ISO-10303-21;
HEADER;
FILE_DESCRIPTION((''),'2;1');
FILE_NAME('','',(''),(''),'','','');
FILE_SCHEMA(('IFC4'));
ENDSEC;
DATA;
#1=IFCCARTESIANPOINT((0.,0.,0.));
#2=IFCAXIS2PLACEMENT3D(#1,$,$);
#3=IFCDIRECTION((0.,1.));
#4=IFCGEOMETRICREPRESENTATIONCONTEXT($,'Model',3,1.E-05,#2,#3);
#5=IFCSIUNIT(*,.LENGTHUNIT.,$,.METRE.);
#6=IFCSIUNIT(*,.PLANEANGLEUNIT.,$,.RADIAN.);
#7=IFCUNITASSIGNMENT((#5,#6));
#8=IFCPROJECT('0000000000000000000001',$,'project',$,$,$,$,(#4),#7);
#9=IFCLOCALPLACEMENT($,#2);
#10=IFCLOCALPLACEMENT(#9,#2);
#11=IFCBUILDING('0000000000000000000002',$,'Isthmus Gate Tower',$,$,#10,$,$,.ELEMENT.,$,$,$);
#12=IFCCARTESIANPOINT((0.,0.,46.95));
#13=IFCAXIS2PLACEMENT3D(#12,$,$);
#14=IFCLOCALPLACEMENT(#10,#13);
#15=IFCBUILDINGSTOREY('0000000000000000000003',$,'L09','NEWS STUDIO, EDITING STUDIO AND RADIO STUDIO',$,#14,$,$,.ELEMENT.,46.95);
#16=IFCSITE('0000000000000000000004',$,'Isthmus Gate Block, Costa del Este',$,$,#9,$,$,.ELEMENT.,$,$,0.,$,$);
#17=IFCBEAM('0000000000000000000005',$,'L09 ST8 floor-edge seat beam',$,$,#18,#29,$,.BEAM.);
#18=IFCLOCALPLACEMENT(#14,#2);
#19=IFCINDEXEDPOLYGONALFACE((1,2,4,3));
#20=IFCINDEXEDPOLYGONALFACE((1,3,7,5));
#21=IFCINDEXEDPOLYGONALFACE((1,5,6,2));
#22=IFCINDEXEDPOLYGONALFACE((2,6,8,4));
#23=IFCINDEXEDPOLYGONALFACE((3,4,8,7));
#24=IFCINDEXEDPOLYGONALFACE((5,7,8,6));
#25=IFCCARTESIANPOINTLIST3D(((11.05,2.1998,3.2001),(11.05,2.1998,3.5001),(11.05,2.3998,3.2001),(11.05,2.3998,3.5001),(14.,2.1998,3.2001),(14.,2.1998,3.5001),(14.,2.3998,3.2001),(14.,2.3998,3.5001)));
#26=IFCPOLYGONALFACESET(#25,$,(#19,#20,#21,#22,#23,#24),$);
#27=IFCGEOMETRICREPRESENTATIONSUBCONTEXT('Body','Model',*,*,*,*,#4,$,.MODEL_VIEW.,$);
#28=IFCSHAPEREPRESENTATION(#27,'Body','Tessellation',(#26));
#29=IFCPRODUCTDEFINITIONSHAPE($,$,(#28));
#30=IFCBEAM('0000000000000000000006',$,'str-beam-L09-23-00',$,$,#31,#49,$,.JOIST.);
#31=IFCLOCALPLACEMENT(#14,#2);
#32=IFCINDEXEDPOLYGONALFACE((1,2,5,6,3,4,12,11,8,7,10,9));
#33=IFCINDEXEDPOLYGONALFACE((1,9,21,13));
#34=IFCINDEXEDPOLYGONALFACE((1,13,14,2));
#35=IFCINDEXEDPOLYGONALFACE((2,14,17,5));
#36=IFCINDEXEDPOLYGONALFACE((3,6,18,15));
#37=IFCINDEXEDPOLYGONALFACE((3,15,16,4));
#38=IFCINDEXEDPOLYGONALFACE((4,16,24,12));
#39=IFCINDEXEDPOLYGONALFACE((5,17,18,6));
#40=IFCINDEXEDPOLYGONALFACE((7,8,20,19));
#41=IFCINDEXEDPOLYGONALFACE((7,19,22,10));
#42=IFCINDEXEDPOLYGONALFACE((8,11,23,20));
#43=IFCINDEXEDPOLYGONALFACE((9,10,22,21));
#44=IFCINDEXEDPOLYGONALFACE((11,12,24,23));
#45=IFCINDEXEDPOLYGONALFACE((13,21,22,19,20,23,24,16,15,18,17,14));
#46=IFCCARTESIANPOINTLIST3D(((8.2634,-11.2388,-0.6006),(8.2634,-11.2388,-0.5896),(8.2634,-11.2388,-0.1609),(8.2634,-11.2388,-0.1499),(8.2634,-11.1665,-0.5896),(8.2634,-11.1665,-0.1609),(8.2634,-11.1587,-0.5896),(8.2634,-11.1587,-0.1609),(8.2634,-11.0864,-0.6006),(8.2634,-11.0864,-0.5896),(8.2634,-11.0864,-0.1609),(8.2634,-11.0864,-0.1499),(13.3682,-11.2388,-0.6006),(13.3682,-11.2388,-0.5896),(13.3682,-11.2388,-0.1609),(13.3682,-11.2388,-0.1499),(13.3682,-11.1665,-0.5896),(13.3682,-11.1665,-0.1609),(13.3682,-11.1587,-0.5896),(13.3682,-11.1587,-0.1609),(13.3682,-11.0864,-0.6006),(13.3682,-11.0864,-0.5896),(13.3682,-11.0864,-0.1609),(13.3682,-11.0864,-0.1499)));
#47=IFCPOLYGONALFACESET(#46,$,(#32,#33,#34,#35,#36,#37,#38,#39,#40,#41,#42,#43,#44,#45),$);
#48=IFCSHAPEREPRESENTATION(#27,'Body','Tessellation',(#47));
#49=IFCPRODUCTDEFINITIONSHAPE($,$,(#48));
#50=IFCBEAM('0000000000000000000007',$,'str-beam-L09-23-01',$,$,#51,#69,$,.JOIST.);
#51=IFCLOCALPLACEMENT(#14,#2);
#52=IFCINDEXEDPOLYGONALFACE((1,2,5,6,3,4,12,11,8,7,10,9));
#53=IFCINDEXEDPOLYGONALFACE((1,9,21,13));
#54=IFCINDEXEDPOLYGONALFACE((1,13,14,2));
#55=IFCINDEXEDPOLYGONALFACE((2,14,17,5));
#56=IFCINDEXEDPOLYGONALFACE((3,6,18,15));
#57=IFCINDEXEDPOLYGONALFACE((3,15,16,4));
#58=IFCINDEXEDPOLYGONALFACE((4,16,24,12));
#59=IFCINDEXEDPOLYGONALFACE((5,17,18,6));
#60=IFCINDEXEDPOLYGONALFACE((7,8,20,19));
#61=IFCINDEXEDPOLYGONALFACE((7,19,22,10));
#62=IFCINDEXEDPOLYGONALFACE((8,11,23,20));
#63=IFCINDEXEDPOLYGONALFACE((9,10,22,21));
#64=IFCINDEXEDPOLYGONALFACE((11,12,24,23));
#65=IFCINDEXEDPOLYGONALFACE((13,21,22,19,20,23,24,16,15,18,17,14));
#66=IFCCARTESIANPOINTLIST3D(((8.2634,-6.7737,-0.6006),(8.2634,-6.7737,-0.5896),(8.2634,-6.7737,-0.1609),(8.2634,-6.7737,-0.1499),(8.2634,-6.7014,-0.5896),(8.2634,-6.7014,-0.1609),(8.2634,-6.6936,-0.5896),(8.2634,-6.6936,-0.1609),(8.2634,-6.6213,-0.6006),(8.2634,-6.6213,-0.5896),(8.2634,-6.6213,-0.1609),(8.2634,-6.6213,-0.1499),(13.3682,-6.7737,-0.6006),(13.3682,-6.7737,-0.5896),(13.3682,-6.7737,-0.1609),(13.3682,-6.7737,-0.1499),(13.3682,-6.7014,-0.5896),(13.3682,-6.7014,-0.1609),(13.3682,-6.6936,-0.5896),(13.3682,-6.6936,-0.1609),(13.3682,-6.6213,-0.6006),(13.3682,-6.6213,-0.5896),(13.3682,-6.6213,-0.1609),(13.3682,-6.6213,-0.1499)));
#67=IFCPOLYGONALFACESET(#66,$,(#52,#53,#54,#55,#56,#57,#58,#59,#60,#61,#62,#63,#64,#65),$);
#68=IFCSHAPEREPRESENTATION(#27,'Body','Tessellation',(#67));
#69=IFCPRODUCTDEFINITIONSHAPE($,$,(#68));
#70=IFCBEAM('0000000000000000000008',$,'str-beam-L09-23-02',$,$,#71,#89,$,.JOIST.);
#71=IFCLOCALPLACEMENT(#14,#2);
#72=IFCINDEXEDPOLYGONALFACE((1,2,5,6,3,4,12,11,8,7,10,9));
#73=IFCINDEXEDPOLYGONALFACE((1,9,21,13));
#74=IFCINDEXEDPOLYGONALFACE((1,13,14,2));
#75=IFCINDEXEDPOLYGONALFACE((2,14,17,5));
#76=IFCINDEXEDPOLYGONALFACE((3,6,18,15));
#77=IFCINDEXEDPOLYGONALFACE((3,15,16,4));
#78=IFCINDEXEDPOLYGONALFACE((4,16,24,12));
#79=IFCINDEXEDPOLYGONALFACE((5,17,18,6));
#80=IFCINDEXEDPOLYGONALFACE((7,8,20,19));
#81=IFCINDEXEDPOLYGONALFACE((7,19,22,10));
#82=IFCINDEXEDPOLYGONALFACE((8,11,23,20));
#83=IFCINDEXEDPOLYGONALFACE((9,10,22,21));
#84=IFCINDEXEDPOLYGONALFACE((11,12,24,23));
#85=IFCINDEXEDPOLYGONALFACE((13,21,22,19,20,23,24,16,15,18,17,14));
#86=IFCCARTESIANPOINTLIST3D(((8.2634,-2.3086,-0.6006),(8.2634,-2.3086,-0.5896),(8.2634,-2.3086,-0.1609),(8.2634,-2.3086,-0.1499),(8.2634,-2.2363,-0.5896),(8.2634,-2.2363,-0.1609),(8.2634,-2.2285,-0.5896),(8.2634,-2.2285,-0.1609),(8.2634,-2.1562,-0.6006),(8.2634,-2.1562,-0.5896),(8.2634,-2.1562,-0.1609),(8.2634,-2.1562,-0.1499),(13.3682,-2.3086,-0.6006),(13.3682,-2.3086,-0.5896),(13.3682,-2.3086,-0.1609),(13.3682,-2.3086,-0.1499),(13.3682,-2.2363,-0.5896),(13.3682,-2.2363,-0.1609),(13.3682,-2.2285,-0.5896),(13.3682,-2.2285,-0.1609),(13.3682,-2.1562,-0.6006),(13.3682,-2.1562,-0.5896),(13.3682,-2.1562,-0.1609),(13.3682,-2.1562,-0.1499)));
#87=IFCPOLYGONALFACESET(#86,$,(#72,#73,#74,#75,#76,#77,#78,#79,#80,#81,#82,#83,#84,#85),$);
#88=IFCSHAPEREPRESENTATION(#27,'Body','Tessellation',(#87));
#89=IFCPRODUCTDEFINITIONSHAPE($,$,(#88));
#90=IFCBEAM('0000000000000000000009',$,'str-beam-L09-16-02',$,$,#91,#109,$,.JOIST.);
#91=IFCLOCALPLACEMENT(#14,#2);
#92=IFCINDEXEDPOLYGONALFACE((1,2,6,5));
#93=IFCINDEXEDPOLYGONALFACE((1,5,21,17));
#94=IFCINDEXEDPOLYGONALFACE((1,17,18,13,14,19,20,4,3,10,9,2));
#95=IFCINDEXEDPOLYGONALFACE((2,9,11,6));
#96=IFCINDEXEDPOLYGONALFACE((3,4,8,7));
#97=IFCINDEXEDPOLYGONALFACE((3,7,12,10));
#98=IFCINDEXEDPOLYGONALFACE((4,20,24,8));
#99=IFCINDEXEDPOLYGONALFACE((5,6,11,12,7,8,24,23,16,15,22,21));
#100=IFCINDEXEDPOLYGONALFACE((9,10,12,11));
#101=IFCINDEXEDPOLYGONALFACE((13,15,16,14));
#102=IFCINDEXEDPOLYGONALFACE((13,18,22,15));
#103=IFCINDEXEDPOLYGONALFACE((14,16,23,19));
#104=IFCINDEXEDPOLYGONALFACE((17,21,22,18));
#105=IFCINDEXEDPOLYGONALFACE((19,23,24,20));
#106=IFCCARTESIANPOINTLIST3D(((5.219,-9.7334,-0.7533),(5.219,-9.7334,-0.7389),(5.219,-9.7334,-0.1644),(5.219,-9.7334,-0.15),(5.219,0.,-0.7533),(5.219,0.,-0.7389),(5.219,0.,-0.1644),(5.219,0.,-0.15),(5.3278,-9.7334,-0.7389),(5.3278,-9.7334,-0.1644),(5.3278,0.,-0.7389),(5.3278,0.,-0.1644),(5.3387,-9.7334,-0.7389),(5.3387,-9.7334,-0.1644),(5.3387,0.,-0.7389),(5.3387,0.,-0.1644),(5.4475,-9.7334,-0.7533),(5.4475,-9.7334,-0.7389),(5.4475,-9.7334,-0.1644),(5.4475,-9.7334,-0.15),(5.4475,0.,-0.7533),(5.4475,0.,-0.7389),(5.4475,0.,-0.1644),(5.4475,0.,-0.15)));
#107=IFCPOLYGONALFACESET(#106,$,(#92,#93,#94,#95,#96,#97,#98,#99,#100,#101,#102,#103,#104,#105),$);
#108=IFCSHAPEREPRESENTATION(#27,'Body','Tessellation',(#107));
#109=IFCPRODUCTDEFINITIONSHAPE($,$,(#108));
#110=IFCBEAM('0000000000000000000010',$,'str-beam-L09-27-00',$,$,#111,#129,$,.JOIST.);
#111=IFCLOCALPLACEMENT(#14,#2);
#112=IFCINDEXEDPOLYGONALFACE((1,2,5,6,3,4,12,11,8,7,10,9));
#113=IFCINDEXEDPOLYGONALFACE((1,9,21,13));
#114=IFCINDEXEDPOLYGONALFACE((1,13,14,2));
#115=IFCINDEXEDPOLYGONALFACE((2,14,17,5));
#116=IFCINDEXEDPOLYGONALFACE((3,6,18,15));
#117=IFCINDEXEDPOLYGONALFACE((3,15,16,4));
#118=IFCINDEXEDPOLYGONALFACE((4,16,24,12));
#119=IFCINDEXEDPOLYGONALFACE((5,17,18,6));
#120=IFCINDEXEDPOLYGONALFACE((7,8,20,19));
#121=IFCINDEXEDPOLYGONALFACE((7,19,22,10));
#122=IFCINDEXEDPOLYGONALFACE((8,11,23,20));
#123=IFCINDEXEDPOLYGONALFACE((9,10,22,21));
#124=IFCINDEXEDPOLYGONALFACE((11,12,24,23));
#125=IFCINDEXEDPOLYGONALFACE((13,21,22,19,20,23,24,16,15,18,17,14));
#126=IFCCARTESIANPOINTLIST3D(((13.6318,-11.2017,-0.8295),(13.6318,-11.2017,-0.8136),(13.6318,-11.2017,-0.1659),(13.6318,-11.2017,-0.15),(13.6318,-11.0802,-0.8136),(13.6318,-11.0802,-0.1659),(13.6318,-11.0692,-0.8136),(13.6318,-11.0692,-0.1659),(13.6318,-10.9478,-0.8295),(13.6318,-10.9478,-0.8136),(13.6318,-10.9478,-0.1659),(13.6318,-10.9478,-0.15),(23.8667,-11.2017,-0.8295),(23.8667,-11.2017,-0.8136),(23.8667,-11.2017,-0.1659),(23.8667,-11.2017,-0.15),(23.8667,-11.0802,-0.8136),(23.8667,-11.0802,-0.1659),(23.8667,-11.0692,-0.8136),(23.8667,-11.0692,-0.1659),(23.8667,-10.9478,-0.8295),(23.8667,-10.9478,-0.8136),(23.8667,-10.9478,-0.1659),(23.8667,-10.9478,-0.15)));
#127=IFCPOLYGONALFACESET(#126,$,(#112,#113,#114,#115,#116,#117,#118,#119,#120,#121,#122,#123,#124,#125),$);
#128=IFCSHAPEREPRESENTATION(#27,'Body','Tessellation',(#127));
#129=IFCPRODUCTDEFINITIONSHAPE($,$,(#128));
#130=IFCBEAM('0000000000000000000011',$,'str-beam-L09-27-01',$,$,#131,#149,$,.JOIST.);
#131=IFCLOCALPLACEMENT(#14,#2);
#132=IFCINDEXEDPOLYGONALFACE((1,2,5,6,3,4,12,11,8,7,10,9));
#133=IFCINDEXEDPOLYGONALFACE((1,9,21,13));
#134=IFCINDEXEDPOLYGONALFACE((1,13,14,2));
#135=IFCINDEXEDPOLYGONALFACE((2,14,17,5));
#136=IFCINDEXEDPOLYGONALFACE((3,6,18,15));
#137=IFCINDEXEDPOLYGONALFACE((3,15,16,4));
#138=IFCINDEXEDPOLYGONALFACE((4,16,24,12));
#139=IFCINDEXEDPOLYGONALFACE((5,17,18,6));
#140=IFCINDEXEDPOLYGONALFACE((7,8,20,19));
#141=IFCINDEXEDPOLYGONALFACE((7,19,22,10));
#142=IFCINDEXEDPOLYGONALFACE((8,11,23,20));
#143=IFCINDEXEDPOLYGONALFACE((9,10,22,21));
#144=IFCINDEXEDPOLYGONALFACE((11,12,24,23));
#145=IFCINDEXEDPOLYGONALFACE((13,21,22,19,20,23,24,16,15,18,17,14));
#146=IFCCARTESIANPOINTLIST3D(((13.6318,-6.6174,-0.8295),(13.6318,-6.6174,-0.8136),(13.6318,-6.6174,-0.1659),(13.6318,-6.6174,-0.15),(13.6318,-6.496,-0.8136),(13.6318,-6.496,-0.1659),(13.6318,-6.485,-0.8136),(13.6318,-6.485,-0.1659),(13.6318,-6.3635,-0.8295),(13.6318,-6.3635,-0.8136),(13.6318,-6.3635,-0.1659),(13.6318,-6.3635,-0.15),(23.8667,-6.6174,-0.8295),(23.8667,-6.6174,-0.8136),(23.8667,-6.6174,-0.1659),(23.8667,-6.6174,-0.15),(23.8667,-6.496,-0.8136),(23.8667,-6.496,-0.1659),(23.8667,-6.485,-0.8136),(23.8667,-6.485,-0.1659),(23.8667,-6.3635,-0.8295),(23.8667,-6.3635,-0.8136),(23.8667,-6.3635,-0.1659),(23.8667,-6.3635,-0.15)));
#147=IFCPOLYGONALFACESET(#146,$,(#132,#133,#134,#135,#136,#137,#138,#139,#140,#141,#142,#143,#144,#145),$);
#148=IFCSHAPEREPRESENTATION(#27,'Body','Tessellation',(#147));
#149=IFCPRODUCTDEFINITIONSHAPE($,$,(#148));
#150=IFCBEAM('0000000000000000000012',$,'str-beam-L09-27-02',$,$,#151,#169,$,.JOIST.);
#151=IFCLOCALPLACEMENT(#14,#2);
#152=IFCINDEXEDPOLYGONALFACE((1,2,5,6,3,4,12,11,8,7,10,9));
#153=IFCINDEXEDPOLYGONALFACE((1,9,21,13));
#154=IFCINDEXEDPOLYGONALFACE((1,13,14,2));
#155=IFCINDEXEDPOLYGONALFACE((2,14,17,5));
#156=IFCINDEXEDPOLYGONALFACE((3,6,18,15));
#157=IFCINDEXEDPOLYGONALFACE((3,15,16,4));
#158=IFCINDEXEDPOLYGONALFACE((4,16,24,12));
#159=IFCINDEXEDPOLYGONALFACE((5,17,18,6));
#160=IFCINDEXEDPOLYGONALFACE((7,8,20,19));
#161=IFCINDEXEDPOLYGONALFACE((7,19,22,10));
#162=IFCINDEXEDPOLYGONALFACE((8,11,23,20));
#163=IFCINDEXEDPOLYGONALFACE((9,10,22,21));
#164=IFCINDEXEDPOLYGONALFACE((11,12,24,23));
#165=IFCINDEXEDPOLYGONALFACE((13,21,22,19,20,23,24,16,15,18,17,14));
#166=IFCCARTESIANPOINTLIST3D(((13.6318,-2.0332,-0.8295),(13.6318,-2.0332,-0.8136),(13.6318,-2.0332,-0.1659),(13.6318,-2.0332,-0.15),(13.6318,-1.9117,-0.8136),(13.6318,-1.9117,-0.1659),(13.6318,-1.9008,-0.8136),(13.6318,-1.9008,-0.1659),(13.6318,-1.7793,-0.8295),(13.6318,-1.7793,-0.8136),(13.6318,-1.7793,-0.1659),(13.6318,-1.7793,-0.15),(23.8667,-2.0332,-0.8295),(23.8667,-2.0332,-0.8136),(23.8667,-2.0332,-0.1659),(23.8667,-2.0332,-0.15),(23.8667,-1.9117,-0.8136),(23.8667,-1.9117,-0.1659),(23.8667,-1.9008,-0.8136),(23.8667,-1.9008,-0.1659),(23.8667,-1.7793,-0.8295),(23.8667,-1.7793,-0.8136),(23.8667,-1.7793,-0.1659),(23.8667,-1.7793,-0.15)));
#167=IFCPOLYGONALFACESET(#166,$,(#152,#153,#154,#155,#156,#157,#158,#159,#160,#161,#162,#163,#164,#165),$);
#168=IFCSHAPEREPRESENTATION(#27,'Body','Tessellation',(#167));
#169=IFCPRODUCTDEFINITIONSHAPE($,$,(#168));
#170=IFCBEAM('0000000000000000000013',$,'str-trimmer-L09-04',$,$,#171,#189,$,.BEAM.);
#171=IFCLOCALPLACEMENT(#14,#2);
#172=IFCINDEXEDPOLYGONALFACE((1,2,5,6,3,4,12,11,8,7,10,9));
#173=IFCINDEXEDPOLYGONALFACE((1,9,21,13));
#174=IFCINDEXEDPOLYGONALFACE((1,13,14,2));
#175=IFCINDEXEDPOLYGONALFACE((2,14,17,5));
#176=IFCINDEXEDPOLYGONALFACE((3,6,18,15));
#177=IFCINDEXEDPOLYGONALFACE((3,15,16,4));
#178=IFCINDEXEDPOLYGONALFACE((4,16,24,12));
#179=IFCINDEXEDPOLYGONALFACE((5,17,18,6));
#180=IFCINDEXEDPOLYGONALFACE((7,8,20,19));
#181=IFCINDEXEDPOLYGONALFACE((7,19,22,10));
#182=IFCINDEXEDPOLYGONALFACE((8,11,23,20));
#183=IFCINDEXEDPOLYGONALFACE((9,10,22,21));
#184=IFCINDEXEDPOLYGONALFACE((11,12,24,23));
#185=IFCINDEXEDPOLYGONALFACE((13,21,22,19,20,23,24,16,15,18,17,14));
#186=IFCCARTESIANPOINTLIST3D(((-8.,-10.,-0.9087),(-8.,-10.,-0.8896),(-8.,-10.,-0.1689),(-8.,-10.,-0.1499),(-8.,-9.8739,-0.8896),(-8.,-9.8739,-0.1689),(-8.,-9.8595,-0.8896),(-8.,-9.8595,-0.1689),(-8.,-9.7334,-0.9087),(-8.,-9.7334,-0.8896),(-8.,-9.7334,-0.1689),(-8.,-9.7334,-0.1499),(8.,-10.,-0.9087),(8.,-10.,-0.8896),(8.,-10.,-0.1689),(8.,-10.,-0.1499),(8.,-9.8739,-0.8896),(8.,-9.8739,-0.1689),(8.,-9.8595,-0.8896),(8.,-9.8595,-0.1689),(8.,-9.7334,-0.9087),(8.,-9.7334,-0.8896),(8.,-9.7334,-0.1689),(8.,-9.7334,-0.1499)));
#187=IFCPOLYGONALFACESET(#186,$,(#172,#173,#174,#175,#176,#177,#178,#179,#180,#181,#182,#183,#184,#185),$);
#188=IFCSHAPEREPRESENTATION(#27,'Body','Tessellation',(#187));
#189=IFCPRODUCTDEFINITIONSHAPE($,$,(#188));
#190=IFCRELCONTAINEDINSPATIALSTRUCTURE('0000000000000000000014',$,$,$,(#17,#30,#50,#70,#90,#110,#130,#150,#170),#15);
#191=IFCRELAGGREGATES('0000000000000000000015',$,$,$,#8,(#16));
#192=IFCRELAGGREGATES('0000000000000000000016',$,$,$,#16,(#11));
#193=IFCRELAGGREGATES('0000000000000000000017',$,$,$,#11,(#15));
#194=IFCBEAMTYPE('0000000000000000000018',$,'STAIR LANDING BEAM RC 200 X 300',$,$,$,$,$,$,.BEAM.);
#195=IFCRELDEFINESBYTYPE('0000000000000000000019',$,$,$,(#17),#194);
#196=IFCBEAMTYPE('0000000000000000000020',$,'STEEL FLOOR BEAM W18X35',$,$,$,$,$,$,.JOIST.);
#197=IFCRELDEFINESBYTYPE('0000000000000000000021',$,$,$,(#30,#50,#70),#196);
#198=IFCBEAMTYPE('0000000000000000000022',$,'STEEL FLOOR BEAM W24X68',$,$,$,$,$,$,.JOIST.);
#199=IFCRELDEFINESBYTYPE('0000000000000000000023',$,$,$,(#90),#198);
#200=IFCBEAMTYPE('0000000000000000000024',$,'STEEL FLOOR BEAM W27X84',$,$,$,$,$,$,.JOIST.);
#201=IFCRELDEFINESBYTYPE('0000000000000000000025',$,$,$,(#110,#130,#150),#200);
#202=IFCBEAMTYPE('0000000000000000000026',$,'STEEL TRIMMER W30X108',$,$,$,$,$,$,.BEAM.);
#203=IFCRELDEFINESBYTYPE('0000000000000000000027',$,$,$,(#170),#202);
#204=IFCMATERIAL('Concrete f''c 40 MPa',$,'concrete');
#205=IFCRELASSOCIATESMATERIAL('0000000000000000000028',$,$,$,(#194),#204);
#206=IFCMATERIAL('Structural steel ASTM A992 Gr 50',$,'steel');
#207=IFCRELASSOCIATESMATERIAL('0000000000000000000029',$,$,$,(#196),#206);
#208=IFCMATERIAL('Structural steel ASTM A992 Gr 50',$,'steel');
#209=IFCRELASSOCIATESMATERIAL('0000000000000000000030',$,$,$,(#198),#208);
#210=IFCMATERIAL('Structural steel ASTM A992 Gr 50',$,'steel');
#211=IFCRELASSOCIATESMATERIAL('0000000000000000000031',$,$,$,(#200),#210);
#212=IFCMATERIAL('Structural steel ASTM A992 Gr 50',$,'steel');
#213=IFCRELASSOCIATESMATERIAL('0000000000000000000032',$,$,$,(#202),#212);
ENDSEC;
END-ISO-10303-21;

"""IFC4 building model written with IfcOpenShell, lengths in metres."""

from ifc_helpers import new_model, si_unit, direction, frame, origin, origin_2d, place, context, subcontext, project, spatial, rectangle, i_section, extrude, material, material_profile, profile_set, type_object, element, save


model = new_model("IFC4")

# Units and contexts
model_context = context("Model", 3, precision=1e-05, world=origin(), true_north=direction((0.0, 1.0)))
body_context = subcontext(model_context, "Body", "Model", "MODEL_VIEW")
ifc_project = project(units=[si_unit("LENGTHUNIT", "METRE"), si_unit("PLANEANGLEUNIT", "RADIAN")], contexts=[model_context])

# Site, building, storey
site_placement = place(None, origin())
site = spatial("IfcSite", under=ifc_project, at=site_placement, Name="Isthmus Gate Block, Costa del Este", CompositionType="ELEMENT", RefElevation=0.0)
building_placement = place(site_placement, origin())
building = spatial("IfcBuilding", under=site, at=building_placement, Name="Isthmus Gate Tower", CompositionType="ELEMENT")
storey_placement = place(building_placement, frame((0.0, 0.0, 46.95)))
storey = spatial("IfcBuildingStorey", under=building, at=storey_placement, Name="L09", Description="NEWS STUDIO, EDITING STUDIO AND RADIO STUDIO", CompositionType="ELEMENT", Elevation=46.95)

# Beams
ifc_material_1 = material(Name="Concrete f'c 40 MPa", Category="concrete")
ifc_material_profile_1 = material_profile(ifc_material_1, rectangle(XDim=0.2, YDim=0.3, at=origin_2d()), Name="STAIR LANDING BEAM RC 200 X 300")
ifc_profile_set_1 = profile_set([ifc_material_profile_1], Name="Concrete f'c 40 MPa")
beam_type_1 = type_object("IfcBeamType", Name="STAIR LANDING BEAM RC 200 X 300", PredefinedType="BEAM", material=ifc_profile_set_1)
beam_1_placement = place(storey_placement, frame((11.05, 2.2998, 3.3501), z_axis=(1.0, 0.0, 0.0), x_axis=(0.0, 1.0, 0.0)))
element("IfcBeam", 1, at=beam_1_placement, inside=storey, type_object=beam_type_1, Name="L09 ST8 floor-edge seat beam", PredefinedType="BEAM", context=body_context, shape_type="SweptSolid", body=[
    extrude(rectangle(XDim=0.2, YDim=0.3, at=origin_2d()), origin(), (0.0, 0.0, 1.0), 2.95),
])
ifc_material_2 = material(Name="Structural steel ASTM A992 Gr 50", Category="steel")
ifc_material_profile_2 = material_profile(ifc_material_2, i_section(OverallWidth=0.1523, OverallDepth=0.4507, WebThickness=0.0078, FlangeThickness=0.011, at=origin_2d()), Name="W18X35")
ifc_profile_set_2 = profile_set([ifc_material_profile_2], Name="Structural steel ASTM A992 Gr 50")
beam_type_2 = type_object("IfcBeamType", Name="STEEL FLOOR BEAM W18X35", PredefinedType="JOIST", material=ifc_profile_set_2)
for number, where, z_axis, x_axis, name in (
    (2, (8.2634, -11.1626, -0.3752), (1.0, 0.0, 0.0), (0.0, 1.0, 0.0), "str-beam-L09-23-00"),
    (3, (8.2634, -6.6975, -0.3752), (1.0, 0.0, 0.0), (0.0, 1.0, 0.0), "str-beam-L09-23-01"),
    (4, (8.2634, -2.2324, -0.3752), (1.0, 0.0, 0.0), (0.0, 1.0, 0.0), "str-beam-L09-23-02"),
):
    element("IfcBeam", number, at=place(storey_placement, frame(where, z_axis=z_axis, x_axis=x_axis)), inside=storey, type_object=beam_type_2, Name=name, PredefinedType="JOIST", context=body_context, shape_type="SweptSolid", body=[
        extrude(i_section(OverallWidth=0.1523, OverallDepth=0.4507, WebThickness=0.0078, FlangeThickness=0.011, at=origin_2d()), origin(), (0.0, 0.0, 1.0), 5.1047),
    ])
ifc_material_3 = material(Name="Structural steel ASTM A992 Gr 50", Category="steel")
ifc_material_profile_3 = material_profile(ifc_material_3, i_section(OverallWidth=0.2285, OverallDepth=0.6033, WebThickness=0.011, FlangeThickness=0.0144, at=origin_2d()), Name="W24X68")
ifc_profile_set_3 = profile_set([ifc_material_profile_3], Name="Structural steel ASTM A992 Gr 50")
beam_type_3 = type_object("IfcBeamType", Name="STEEL FLOOR BEAM W24X68", PredefinedType="JOIST", material=ifc_profile_set_3)
beam_2_placement = place(storey_placement, frame((5.3333, -9.7334, -0.4517), z_axis=(0.0, 1.0, 0.0), x_axis=(-1.0, 0.0, 0.0)))
element("IfcBeam", 5, at=beam_2_placement, inside=storey, type_object=beam_type_3, Name="str-beam-L09-16-02", PredefinedType="JOIST", context=body_context, shape_type="SweptSolid", body=[
    extrude(i_section(OverallWidth=0.2285, OverallDepth=0.6033, WebThickness=0.011, FlangeThickness=0.0144, at=origin_2d()), origin(), (0.0, 0.0, 1.0), 9.7334),
])
ifc_material_4 = material(Name="Structural steel ASTM A992 Gr 50", Category="steel")
ifc_material_profile_4 = material_profile(ifc_material_4, i_section(OverallWidth=0.2539, OverallDepth=0.6794, WebThickness=0.011, FlangeThickness=0.0159, at=origin_2d()), Name="W27X84")
ifc_profile_set_4 = profile_set([ifc_material_profile_4], Name="Structural steel ASTM A992 Gr 50")
beam_type_4 = type_object("IfcBeamType", Name="STEEL FLOOR BEAM W27X84", PredefinedType="JOIST", material=ifc_profile_set_4)
for number, where, z_axis, x_axis, name in (
    (6, (13.6318, -11.0747, -0.4897), (1.0, 0.0, 0.0), (0.0, 1.0, 0.0), "str-beam-L09-27-00"),
    (7, (13.6318, -6.4905, -0.4897), (1.0, 0.0, 0.0), (0.0, 1.0, 0.0), "str-beam-L09-27-01"),
    (8, (13.6318, -1.9062, -0.4897), (1.0, 0.0, 0.0), (0.0, 1.0, 0.0), "str-beam-L09-27-02"),
):
    element("IfcBeam", number, at=place(storey_placement, frame(where, z_axis=z_axis, x_axis=x_axis)), inside=storey, type_object=beam_type_4, Name=name, PredefinedType="JOIST", context=body_context, shape_type="SweptSolid", body=[
        extrude(i_section(OverallWidth=0.2539, OverallDepth=0.6794, WebThickness=0.011, FlangeThickness=0.0159, at=origin_2d()), origin(), (0.0, 0.0, 1.0), 10.2349),
    ])
ifc_material_5 = material(Name="Structural steel ASTM A992 Gr 50", Category="steel")
ifc_material_profile_5 = material_profile(ifc_material_5, i_section(OverallWidth=0.2666, OverallDepth=0.7588, WebThickness=0.0144, FlangeThickness=0.019, at=origin_2d()), Name="W30X108")
ifc_profile_set_5 = profile_set([ifc_material_profile_5], Name="Structural steel ASTM A992 Gr 50")
beam_type_5 = type_object("IfcBeamType", Name="STEEL TRIMMER W30X108", PredefinedType="BEAM", material=ifc_profile_set_5)
beam_3_placement = place(storey_placement, frame((8.0, -9.8667, -0.5293), z_axis=(-1.0, 0.0, 0.0), x_axis=(0.0, -1.0, 0.0)))
element("IfcBeam", 9, at=beam_3_placement, inside=storey, type_object=beam_type_5, Name="str-trimmer-L09-04", PredefinedType="BEAM", context=body_context, shape_type="SweptSolid", body=[
    extrude(i_section(OverallWidth=0.2666, OverallDepth=0.7588, WebThickness=0.0144, FlangeThickness=0.019, at=origin_2d()), origin(), (0.0, 0.0, 1.0), 16.0),
])

save(model, "model.ifc")
